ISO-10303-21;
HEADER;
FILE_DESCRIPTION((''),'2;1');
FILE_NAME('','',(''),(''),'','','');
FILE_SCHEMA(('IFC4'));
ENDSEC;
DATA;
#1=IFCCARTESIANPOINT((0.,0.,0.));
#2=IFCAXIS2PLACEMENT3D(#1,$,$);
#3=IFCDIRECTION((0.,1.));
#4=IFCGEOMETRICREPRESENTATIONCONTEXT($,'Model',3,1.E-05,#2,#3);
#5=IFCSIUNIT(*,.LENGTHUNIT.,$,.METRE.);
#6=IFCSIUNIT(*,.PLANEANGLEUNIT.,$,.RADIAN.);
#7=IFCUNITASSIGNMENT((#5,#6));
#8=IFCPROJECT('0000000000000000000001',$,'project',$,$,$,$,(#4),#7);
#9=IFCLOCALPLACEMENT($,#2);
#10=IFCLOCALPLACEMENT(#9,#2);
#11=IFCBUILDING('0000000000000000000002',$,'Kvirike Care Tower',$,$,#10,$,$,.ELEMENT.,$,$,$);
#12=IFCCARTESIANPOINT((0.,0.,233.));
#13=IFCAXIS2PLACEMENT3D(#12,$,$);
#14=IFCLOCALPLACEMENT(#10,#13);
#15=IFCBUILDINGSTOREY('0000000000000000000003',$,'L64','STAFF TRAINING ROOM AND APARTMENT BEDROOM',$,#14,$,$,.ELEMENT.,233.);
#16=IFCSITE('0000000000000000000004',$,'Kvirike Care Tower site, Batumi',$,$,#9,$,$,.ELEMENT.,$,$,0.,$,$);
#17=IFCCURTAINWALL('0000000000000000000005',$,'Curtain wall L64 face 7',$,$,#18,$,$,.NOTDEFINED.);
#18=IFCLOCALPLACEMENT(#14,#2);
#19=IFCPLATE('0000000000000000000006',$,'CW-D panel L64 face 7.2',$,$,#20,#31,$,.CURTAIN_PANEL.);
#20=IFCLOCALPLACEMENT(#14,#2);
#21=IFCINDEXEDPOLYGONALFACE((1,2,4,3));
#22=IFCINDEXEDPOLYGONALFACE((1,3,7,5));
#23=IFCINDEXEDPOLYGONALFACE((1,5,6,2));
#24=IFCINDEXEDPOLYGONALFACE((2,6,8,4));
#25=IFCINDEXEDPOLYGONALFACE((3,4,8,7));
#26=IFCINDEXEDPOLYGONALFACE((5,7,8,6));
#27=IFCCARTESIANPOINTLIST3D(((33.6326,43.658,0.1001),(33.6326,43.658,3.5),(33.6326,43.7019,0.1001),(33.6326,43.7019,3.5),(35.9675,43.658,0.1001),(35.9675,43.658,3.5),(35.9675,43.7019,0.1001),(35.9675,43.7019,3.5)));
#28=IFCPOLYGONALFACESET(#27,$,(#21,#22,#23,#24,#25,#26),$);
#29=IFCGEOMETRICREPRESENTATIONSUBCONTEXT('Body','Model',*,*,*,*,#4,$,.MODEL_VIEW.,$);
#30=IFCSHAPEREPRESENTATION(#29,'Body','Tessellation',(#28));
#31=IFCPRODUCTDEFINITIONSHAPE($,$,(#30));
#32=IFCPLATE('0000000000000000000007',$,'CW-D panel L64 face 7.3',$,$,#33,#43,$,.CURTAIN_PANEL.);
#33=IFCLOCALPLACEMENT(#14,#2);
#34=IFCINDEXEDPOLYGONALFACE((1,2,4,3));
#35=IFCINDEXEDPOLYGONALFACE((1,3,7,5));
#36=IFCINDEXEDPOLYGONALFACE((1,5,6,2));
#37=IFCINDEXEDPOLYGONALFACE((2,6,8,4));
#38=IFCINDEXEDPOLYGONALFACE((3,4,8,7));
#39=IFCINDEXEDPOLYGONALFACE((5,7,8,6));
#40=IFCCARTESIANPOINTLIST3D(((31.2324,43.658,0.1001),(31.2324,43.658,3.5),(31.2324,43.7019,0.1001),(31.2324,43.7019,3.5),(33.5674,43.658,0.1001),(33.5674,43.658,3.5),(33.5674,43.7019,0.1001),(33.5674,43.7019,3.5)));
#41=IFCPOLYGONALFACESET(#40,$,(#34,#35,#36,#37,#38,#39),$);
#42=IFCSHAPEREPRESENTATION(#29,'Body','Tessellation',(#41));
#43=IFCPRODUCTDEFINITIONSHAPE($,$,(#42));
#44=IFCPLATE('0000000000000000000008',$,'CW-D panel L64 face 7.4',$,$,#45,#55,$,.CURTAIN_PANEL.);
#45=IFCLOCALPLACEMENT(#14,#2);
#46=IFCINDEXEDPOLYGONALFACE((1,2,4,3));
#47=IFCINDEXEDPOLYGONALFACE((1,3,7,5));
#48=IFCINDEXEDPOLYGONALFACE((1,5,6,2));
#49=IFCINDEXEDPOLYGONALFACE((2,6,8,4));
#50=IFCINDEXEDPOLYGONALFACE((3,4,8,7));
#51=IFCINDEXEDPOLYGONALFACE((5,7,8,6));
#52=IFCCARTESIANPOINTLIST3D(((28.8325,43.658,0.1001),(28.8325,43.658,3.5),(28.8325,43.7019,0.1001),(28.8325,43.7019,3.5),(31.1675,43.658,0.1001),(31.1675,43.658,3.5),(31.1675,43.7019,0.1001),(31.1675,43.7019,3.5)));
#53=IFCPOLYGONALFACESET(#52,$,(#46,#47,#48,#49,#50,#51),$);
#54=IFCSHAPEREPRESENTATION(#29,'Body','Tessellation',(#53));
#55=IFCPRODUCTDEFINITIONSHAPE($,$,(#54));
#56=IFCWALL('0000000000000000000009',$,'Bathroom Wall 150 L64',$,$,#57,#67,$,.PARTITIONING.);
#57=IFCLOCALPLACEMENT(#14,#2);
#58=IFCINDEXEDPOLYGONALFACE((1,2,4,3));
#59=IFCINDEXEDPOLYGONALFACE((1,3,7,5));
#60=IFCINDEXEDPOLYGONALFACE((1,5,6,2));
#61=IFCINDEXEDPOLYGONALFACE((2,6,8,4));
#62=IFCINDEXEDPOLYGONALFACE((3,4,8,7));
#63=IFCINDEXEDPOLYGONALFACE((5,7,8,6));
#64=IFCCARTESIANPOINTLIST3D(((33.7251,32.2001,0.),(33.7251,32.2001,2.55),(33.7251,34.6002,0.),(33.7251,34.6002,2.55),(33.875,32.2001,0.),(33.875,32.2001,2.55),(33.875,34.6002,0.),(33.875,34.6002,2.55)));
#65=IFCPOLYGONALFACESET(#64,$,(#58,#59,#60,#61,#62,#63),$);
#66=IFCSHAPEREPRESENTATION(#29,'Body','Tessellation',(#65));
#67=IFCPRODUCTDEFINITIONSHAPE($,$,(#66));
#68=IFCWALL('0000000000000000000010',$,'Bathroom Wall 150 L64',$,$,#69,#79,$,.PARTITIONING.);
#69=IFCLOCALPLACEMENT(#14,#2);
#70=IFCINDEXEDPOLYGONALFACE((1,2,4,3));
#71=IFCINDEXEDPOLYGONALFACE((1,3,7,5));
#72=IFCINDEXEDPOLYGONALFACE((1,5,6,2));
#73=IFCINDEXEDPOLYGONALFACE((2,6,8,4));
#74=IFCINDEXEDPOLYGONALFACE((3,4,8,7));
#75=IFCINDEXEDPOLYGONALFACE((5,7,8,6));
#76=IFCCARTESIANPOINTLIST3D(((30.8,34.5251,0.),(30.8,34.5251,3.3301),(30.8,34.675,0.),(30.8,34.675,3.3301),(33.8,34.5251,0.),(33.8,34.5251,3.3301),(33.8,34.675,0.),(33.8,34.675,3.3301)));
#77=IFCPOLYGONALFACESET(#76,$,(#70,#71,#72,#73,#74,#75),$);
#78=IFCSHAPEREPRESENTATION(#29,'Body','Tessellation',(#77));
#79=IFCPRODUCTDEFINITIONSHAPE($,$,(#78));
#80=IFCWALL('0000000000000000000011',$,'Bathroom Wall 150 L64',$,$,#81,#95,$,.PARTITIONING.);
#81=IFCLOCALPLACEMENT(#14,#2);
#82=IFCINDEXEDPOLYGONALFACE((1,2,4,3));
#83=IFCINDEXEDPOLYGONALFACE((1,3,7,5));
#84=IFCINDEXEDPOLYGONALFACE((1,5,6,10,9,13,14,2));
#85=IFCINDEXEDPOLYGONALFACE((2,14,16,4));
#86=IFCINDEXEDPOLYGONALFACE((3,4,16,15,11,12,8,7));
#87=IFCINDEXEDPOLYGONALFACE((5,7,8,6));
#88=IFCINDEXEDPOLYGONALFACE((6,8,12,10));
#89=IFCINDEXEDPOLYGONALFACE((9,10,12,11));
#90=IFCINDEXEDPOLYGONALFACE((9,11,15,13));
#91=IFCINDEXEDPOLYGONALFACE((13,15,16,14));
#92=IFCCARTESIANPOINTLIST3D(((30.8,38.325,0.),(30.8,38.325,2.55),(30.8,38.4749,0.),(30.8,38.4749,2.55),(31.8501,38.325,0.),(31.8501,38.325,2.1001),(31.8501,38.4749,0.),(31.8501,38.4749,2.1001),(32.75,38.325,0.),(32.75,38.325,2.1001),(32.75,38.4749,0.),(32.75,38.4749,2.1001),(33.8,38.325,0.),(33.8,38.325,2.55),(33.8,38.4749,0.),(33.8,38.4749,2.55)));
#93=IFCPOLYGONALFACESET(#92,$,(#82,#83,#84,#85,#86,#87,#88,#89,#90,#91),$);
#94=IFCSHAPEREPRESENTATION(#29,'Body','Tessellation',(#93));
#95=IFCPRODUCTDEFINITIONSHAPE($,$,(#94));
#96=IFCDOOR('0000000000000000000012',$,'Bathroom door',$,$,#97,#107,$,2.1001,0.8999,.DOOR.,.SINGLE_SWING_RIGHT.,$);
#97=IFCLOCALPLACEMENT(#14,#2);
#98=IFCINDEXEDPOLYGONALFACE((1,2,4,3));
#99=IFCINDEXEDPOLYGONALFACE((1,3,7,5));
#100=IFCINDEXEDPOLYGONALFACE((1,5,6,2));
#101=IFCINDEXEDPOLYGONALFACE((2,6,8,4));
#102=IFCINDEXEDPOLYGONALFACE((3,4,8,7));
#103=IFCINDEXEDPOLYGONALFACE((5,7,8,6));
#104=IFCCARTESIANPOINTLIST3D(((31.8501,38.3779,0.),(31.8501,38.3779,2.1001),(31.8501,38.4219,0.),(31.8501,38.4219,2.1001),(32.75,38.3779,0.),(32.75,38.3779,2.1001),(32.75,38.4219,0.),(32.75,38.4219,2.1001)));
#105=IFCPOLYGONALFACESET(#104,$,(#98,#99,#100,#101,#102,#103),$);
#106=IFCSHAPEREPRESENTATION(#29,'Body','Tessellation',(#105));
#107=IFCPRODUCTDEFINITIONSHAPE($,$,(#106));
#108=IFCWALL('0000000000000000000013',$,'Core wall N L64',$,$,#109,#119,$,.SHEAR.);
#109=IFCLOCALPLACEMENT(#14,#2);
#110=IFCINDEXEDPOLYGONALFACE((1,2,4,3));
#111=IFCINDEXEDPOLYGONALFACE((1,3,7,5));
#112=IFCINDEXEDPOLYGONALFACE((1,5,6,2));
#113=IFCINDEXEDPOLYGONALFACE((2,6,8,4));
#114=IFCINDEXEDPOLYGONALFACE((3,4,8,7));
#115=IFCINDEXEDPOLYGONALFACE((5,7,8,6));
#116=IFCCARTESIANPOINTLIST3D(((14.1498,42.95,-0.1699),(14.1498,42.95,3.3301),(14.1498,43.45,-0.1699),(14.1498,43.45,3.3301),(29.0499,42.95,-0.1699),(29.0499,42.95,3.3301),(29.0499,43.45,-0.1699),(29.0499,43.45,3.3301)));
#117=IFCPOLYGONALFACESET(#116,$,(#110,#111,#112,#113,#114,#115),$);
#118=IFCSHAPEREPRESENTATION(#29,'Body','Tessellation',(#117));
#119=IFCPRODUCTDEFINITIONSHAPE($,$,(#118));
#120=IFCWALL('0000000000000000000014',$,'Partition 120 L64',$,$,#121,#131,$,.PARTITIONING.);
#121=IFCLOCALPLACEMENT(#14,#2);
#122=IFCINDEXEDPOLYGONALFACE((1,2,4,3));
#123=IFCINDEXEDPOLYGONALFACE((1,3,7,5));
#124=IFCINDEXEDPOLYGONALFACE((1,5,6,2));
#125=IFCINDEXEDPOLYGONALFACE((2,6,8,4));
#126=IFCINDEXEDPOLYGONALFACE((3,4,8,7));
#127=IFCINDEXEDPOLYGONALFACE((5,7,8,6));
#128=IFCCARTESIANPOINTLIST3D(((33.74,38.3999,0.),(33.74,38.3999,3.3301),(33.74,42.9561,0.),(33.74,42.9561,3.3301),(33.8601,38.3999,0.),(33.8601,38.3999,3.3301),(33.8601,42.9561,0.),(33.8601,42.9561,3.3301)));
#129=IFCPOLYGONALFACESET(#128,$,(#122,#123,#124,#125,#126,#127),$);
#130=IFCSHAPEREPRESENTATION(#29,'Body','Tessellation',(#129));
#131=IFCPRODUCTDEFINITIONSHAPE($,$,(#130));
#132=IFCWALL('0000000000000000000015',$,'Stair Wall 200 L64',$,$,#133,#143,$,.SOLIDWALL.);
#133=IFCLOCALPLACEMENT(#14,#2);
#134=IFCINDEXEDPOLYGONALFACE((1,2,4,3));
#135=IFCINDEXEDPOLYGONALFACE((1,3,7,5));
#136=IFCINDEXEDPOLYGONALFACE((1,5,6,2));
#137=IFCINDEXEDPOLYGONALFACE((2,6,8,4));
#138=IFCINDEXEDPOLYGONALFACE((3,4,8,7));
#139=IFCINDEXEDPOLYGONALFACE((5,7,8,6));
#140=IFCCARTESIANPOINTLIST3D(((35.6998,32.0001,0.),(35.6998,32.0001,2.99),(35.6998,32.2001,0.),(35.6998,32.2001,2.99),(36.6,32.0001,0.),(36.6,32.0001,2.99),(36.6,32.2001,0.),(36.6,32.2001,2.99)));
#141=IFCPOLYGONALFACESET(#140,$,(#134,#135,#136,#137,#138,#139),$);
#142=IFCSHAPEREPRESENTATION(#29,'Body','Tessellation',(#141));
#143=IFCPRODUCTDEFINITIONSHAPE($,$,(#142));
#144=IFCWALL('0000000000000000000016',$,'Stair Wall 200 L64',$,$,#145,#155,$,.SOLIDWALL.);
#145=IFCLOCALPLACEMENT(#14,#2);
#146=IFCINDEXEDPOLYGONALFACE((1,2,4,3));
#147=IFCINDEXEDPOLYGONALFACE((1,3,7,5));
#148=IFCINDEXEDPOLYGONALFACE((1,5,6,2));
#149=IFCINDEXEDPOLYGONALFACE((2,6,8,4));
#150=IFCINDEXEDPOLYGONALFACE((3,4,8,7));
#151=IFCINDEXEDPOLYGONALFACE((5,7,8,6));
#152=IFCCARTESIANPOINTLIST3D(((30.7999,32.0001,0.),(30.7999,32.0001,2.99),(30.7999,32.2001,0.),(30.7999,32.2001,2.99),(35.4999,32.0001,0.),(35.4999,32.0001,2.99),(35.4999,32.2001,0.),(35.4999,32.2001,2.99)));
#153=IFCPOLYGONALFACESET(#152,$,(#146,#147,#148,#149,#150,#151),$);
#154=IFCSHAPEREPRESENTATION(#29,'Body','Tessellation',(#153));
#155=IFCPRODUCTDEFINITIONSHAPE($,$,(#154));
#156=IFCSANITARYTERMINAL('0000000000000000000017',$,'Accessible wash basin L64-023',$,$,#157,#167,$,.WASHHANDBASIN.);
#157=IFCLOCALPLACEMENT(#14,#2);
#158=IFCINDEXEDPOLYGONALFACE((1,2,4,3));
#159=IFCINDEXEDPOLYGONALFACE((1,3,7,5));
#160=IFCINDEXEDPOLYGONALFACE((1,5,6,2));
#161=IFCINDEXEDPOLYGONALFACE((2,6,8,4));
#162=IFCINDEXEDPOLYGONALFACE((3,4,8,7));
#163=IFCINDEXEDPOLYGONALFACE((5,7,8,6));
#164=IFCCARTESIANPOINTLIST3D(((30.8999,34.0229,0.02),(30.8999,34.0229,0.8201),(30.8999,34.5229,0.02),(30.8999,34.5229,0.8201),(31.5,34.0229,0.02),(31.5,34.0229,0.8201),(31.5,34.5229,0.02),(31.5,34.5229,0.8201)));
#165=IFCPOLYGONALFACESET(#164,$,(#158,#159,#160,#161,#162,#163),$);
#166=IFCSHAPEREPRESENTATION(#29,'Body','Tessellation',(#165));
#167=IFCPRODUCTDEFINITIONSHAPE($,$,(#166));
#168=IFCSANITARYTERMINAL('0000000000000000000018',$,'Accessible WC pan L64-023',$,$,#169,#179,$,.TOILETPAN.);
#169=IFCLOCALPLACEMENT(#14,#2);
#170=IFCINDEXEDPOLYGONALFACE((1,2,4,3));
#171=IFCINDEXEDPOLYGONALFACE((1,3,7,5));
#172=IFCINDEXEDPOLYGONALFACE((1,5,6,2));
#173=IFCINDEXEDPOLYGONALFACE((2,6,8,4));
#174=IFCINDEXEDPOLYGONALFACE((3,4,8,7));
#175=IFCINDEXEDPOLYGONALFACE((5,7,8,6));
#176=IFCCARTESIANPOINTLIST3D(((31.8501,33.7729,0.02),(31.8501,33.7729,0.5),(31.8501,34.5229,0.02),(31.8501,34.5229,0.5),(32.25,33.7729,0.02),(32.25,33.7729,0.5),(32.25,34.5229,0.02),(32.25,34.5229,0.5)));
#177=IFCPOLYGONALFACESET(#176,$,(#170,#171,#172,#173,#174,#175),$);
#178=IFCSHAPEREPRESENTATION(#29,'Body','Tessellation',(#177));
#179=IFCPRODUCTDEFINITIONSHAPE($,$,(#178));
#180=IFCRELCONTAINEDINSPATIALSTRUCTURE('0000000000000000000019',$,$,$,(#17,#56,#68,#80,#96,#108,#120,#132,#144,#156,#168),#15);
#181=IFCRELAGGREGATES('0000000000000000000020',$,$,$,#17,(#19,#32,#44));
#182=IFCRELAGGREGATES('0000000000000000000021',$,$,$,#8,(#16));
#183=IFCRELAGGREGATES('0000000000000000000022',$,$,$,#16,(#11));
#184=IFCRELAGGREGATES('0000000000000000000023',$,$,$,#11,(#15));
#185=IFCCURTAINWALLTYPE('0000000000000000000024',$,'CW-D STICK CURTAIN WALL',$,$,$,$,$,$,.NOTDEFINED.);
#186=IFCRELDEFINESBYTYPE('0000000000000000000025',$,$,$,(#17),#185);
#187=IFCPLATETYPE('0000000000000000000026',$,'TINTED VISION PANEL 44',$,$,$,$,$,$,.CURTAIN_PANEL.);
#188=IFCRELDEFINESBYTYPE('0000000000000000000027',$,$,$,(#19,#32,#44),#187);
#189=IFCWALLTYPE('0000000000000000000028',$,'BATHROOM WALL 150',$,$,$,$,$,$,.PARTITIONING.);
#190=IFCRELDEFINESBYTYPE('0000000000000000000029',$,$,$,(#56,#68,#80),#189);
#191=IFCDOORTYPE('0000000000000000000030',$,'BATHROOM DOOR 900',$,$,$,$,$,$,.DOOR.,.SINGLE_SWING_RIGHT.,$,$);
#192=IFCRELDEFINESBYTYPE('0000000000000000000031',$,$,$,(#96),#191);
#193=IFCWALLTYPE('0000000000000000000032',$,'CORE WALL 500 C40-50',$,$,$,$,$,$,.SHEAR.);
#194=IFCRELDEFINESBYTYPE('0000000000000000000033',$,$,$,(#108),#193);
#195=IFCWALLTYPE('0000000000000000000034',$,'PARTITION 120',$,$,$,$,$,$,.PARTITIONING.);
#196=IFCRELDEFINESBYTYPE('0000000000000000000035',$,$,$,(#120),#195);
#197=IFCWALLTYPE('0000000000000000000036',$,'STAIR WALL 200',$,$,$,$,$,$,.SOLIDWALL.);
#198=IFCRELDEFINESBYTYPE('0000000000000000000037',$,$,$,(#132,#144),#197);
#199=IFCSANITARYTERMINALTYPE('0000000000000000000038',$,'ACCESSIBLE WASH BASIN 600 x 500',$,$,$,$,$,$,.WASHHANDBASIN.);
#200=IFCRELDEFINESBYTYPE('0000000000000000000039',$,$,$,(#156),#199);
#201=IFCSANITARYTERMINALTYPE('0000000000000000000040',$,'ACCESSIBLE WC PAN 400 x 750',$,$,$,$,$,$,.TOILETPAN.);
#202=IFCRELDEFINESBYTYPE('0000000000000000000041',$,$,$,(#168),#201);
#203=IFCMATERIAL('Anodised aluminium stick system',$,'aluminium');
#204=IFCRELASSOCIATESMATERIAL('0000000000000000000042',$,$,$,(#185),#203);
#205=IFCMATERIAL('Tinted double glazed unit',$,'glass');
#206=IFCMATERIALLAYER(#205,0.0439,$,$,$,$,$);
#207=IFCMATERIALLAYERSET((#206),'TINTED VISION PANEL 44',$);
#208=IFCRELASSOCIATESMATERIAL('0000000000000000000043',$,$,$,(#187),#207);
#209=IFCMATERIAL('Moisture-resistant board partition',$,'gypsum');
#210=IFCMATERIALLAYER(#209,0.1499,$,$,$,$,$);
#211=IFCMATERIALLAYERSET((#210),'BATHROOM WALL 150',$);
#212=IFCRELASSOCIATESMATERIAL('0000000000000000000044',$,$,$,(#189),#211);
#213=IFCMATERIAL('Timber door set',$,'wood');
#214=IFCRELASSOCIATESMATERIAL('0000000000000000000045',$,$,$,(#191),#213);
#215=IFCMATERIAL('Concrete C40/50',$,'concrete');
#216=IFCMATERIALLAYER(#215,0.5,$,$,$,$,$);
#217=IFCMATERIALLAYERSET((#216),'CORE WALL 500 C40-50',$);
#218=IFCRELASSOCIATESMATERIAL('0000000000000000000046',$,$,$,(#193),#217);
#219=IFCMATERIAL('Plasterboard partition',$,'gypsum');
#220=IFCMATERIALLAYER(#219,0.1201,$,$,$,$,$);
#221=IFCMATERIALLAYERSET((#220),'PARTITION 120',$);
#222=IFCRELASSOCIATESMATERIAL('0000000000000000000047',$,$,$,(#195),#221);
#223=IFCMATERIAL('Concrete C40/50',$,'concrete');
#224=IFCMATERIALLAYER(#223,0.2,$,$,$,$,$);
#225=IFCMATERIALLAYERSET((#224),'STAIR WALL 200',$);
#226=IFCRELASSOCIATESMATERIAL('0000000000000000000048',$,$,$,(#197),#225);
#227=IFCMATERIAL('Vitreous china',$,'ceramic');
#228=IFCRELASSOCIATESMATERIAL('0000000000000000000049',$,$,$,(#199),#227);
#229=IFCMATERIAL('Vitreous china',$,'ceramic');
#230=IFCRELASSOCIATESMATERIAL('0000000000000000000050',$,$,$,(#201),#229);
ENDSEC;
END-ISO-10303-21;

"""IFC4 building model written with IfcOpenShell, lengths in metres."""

from ifc_helpers import new_model, si_unit, direction, frame, frame_2d, origin, origin_2d, place, context, subcontext, project, spatial, rectangle, extrude, material, layer, layer_set, type_object, element, fill, aggregate, save


model = new_model("IFC4")

# Units and contexts
model_context = context("Model", 3, precision=1e-05, world=origin(), true_north=direction((0.0, 1.0)))
body_context = subcontext(model_context, "Body", "Model", "MODEL_VIEW")
ifc_project = project(units=[si_unit("LENGTHUNIT", "METRE"), si_unit("PLANEANGLEUNIT", "RADIAN")], contexts=[model_context])

# Site, building, storey
site_placement = place(None, origin())
site = spatial("IfcSite", under=ifc_project, at=site_placement, Name="Kvirike Care Tower site, Batumi", CompositionType="ELEMENT", RefElevation=0.0)
building_placement = place(site_placement, origin())
building = spatial("IfcBuilding", under=site, at=building_placement, Name="Kvirike Care Tower", CompositionType="ELEMENT")
storey_placement = place(building_placement, frame((0.0, 0.0, 233.0)))
storey = spatial("IfcBuildingStorey", under=building, at=storey_placement, Name="L64", Description="STAFF TRAINING ROOM AND APARTMENT BEDROOM", CompositionType="ELEMENT", Elevation=233.0)

# Curtain wall
ifc_material_1 = material(Name="Anodised aluminium stick system", Category="aluminium")
curtain_wall_type = type_object("IfcCurtainWallType", Name="CW-D STICK CURTAIN WALL", PredefinedType="NOTDEFINED", material=ifc_material_1)
curtain_wall_placement = place(storey_placement, origin())
curtain_wall = element("IfcCurtainWall", 1, at=curtain_wall_placement, inside=storey, type_object=curtain_wall_type, Name="Curtain wall L64 face 7", PredefinedType="NOTDEFINED")

# Plates
ifc_material_2 = material(Name="Tinted double glazed unit", Category="glass")
ifc_layer_1 = layer(ifc_material_2, 0.0439)
ifc_layer_set_1 = layer_set([ifc_layer_1], Name="TINTED VISION PANEL 44")
plate_type = type_object("IfcPlateType", Name="TINTED VISION PANEL 44", PredefinedType="CURTAIN_PANEL", material=ifc_layer_set_1)
plate_1_placement = place(storey_placement, frame((34.8, 43.6799, 0.1001), z_axis=(0.0, 0.0, 1.0), x_axis=(-1.0, 0.0, 0.0)))
plate_1 = element("IfcPlate", 2, at=plate_1_placement, type_object=plate_type, Name="CW-D panel L64 face 7.2", PredefinedType="CURTAIN_PANEL", context=body_context, shape_type="SweptSolid", body=[
    extrude(rectangle(XDim=2.335, YDim=0.0439, at=origin_2d()), origin(), (0.0, 0.0, 1.0), 3.3999),
])
plate_2_placement = place(storey_placement, frame((32.3999, 43.6799, 0.1001), z_axis=(0.0, 0.0, 1.0), x_axis=(-1.0, 0.0, 0.0)))
plate_2 = element("IfcPlate", 3, at=plate_2_placement, type_object=plate_type, Name="CW-D panel L64 face 7.3", PredefinedType="CURTAIN_PANEL", context=body_context, shape_type="SweptSolid", body=[
    extrude(rectangle(XDim=2.335, YDim=0.0439, at=origin_2d()), origin(), (0.0, 0.0, 1.0), 3.3999),
])
plate_3_placement = place(storey_placement, frame((30.0, 43.6799, 0.1001), z_axis=(0.0, 0.0, 1.0), x_axis=(-1.0, 0.0, 0.0)))
plate_3 = element("IfcPlate", 4, at=plate_3_placement, type_object=plate_type, Name="CW-D panel L64 face 7.4", PredefinedType="CURTAIN_PANEL", context=body_context, shape_type="SweptSolid", body=[
    extrude(rectangle(XDim=2.335, YDim=0.0439, at=origin_2d()), origin(), (0.0, 0.0, 1.0), 3.3999),
])
aggregate(curtain_wall, [plate_1, plate_2, plate_3])

# Walls
ifc_material_3 = material(Name="Moisture-resistant board partition", Category="gypsum")
ifc_layer_2 = layer(ifc_material_3, 0.1499)
ifc_layer_set_2 = layer_set([ifc_layer_2], Name="BATHROOM WALL 150")
wall_type_1 = type_object("IfcWallType", Name="BATHROOM WALL 150", PredefinedType="PARTITIONING", material=ifc_layer_set_2)
wall_1_placement = place(storey_placement, frame((33.8, 32.2, 0.0), z_axis=(0.0, 0.0, 1.0), x_axis=(0.0, 1.0, 0.0)))
element("IfcWall", 5, at=wall_1_placement, inside=storey, type_object=wall_type_1, Name="Bathroom Wall 150 L64", PredefinedType="PARTITIONING", context=body_context, shape_type="SweptSolid", body=[
    extrude(rectangle(XDim=2.4001, YDim=0.1499, at=frame_2d((1.2002, 0.0))), origin(), (0.0, 0.0, 1.0), 2.55),
])
wall_2_placement = place(storey_placement, frame((33.8, 34.6001, 0.0), z_axis=(0.0, 0.0, 1.0), x_axis=(-1.0, 0.0, 0.0)))
element("IfcWall", 6, at=wall_2_placement, inside=storey, type_object=wall_type_1, Name="Bathroom Wall 150 L64", PredefinedType="PARTITIONING", context=body_context, shape_type="SweptSolid", body=[
    extrude(rectangle(XDim=3.0, YDim=0.1499, at=frame_2d((1.5, 0.0))), origin(), (0.0, 0.0, 1.0), 3.3301),
])

# Wall, opening, door
wall_3_placement = place(storey_placement, frame((33.8, 38.3999, 0.0), z_axis=(0.0, 0.0, 1.0), x_axis=(-1.0, 0.0, 0.0)))
wall_3 = element("IfcWall", 7, at=wall_3_placement, inside=storey, type_object=wall_type_1, Name="Bathroom Wall 150 L64", PredefinedType="PARTITIONING", context=body_context, shape_type="SweptSolid", body=[
    extrude(rectangle(XDim=3.0, YDim=0.1499, at=frame_2d((1.5, 0.0))), origin(), (0.0, 0.0, 1.0), 2.55),
])
opening_placement = place(wall_3_placement, frame((1.05, 0.0, 0.0)))
opening = element("IfcOpeningElement", 8, at=opening_placement, cuts=wall_3, PredefinedType="OPENING", context=body_context, shape_type="SweptSolid", body=[
    extrude(rectangle(XDim=0.8999, YDim=2.1001, at=frame_2d((0.45, 1.05))), frame((0.0, 0.0854, 0.0), z_axis=(0.0, -1.0, 0.0), x_axis=(1.0, 0.0, 0.0)), (0.0, 0.0, 1.0), 0.1709),
])
ifc_material_4 = material(Name="Timber door set", Category="wood")
door_type = type_object("IfcDoorType", Name="BATHROOM DOOR 900", OperationType="SINGLE_SWING_RIGHT", PredefinedType="DOOR", material=ifc_material_4)
door_placement = place(opening_placement, frame((0.8999, 0.0, 0.0), z_axis=(0.0, 0.0, 1.0), x_axis=(-1.0, 0.0, 0.0)))
door = element("IfcDoor", 9, at=door_placement, inside=storey, type_object=door_type, Name="Bathroom door", OperationType="SINGLE_SWING_RIGHT", OverallHeight=2.1001, OverallWidth=0.8999, PredefinedType="DOOR", context=body_context, shape_type="SweptSolid", body=[
    extrude(rectangle(XDim=0.8999, YDim=2.1001, at=frame_2d((0.45, 1.05))), frame((0.0, 0.022, 0.0), z_axis=(0.0, -1.0, 0.0), x_axis=(1.0, 0.0, 0.0)), (0.0, 0.0, 1.0), 0.0439),
])
fill(opening, door)

# Walls
ifc_material_5 = material(Name="Concrete C40/50", Category="concrete")
ifc_layer_3 = layer(ifc_material_5, 0.5)
ifc_layer_set_3 = layer_set([ifc_layer_3], Name="CORE WALL 500 C40-50")
wall_type_2 = type_object("IfcWallType", Name="CORE WALL 500 C40-50", PredefinedType="SHEAR", material=ifc_layer_set_3)
wall_4_placement = place(storey_placement, frame((29.05, 43.2, -0.1699), z_axis=(0.0, 0.0, 1.0), x_axis=(-1.0, 0.0, 0.0)))
element("IfcWall", 10, at=wall_4_placement, inside=storey, type_object=wall_type_2, Name="Core wall N L64", PredefinedType="SHEAR", context=body_context, shape_type="SweptSolid", body=[
    extrude(rectangle(XDim=14.9001, YDim=0.5, at=frame_2d((7.4502, 0.0))), origin(), (0.0, 0.0, 1.0), 3.5),
])
ifc_material_6 = material(Name="Plasterboard partition", Category="gypsum")
ifc_layer_4 = layer(ifc_material_6, 0.1201)
ifc_layer_set_4 = layer_set([ifc_layer_4], Name="PARTITION 120")
wall_type_3 = type_object("IfcWallType", Name="PARTITION 120", PredefinedType="PARTITIONING", material=ifc_layer_set_4)
wall_5_placement = place(storey_placement, frame((33.8, 38.3999, 0.0), z_axis=(0.0, 0.0, 1.0), x_axis=(0.0, 1.0, 0.0)))
element("IfcWall", 11, at=wall_5_placement, inside=storey, type_object=wall_type_3, Name="Partition 120 L64", PredefinedType="PARTITIONING", context=body_context, shape_type="SweptSolid", body=[
    extrude(rectangle(XDim=4.5562, YDim=0.1201, at=frame_2d((2.2781, 0.0))), origin(), (0.0, 0.0, 1.0), 3.3301),
])
ifc_material_7 = material(Name="Concrete C40/50", Category="concrete")
ifc_layer_5 = layer(ifc_material_7, 0.2)
ifc_layer_set_5 = layer_set([ifc_layer_5], Name="STAIR WALL 200")
wall_type_4 = type_object("IfcWallType", Name="STAIR WALL 200", PredefinedType="SOLIDWALL", material=ifc_layer_set_5)
wall_6_placement = place(storey_placement, frame((36.6001, 32.1001, 0.0), z_axis=(0.0, 0.0, 1.0), x_axis=(-1.0, 0.0, 0.0)))
element("IfcWall", 12, at=wall_6_placement, inside=storey, type_object=wall_type_4, Name="Stair Wall 200 L64", PredefinedType="SOLIDWALL", context=body_context, shape_type="SweptSolid", body=[
    extrude(rectangle(XDim=0.9001, YDim=0.2, at=frame_2d((0.4502, 0.0))), origin(), (0.0, 0.0, 1.0), 2.99),
])
wall_7_placement = place(storey_placement, frame((35.5, 32.1001, 0.0), z_axis=(0.0, 0.0, 1.0), x_axis=(-1.0, 0.0, 0.0)))
element("IfcWall", 13, at=wall_7_placement, inside=storey, type_object=wall_type_4, Name="Stair Wall 200 L64", PredefinedType="SOLIDWALL", context=body_context, shape_type="SweptSolid", body=[
    extrude(rectangle(XDim=4.7, YDim=0.2, at=frame_2d((2.3501, 0.0))), origin(), (0.0, 0.0, 1.0), 2.99),
])

# Sanitary terminals
ifc_material_8 = material(Name="Vitreous china", Category="ceramic")
sanitary_terminal_type_1 = type_object("IfcSanitaryTerminalType", Name="ACCESSIBLE WASH BASIN 600 x 500", PredefinedType="WASHHANDBASIN", material=ifc_material_8)
sanitary_terminal_1_placement = place(storey_placement, frame((31.2, 34.2729, 0.02), z_axis=(0.0, 0.0, 1.0), x_axis=(1.0, 0.0, 0.0)))
element("IfcSanitaryTerminal", 14, at=sanitary_terminal_1_placement, inside=storey, type_object=sanitary_terminal_type_1, Name="Accessible wash basin L64-023", PredefinedType="WASHHANDBASIN", context=body_context, shape_type="SweptSolid", body=[
    extrude(rectangle(XDim=0.6001, YDim=0.5, at=origin_2d()), origin(), (0.0, 0.0, 1.0), 0.8),
])
ifc_material_9 = material(Name="Vitreous china", Category="ceramic")
sanitary_terminal_type_2 = type_object("IfcSanitaryTerminalType", Name="ACCESSIBLE WC PAN 400 x 750", PredefinedType="TOILETPAN", material=ifc_material_9)
sanitary_terminal_2_placement = place(storey_placement, frame((32.05, 34.1479, 0.02), z_axis=(0.0, 0.0, 1.0), x_axis=(1.0, 0.0, 0.0)))
element("IfcSanitaryTerminal", 15, at=sanitary_terminal_2_placement, inside=storey, type_object=sanitary_terminal_type_2, Name="Accessible WC pan L64-023", PredefinedType="TOILETPAN", context=body_context, shape_type="SweptSolid", body=[
    extrude(rectangle(XDim=0.3999, YDim=0.75, at=origin_2d()), origin(), (0.0, 0.0, 1.0), 0.48),
])

save(model, "model.ifc")
